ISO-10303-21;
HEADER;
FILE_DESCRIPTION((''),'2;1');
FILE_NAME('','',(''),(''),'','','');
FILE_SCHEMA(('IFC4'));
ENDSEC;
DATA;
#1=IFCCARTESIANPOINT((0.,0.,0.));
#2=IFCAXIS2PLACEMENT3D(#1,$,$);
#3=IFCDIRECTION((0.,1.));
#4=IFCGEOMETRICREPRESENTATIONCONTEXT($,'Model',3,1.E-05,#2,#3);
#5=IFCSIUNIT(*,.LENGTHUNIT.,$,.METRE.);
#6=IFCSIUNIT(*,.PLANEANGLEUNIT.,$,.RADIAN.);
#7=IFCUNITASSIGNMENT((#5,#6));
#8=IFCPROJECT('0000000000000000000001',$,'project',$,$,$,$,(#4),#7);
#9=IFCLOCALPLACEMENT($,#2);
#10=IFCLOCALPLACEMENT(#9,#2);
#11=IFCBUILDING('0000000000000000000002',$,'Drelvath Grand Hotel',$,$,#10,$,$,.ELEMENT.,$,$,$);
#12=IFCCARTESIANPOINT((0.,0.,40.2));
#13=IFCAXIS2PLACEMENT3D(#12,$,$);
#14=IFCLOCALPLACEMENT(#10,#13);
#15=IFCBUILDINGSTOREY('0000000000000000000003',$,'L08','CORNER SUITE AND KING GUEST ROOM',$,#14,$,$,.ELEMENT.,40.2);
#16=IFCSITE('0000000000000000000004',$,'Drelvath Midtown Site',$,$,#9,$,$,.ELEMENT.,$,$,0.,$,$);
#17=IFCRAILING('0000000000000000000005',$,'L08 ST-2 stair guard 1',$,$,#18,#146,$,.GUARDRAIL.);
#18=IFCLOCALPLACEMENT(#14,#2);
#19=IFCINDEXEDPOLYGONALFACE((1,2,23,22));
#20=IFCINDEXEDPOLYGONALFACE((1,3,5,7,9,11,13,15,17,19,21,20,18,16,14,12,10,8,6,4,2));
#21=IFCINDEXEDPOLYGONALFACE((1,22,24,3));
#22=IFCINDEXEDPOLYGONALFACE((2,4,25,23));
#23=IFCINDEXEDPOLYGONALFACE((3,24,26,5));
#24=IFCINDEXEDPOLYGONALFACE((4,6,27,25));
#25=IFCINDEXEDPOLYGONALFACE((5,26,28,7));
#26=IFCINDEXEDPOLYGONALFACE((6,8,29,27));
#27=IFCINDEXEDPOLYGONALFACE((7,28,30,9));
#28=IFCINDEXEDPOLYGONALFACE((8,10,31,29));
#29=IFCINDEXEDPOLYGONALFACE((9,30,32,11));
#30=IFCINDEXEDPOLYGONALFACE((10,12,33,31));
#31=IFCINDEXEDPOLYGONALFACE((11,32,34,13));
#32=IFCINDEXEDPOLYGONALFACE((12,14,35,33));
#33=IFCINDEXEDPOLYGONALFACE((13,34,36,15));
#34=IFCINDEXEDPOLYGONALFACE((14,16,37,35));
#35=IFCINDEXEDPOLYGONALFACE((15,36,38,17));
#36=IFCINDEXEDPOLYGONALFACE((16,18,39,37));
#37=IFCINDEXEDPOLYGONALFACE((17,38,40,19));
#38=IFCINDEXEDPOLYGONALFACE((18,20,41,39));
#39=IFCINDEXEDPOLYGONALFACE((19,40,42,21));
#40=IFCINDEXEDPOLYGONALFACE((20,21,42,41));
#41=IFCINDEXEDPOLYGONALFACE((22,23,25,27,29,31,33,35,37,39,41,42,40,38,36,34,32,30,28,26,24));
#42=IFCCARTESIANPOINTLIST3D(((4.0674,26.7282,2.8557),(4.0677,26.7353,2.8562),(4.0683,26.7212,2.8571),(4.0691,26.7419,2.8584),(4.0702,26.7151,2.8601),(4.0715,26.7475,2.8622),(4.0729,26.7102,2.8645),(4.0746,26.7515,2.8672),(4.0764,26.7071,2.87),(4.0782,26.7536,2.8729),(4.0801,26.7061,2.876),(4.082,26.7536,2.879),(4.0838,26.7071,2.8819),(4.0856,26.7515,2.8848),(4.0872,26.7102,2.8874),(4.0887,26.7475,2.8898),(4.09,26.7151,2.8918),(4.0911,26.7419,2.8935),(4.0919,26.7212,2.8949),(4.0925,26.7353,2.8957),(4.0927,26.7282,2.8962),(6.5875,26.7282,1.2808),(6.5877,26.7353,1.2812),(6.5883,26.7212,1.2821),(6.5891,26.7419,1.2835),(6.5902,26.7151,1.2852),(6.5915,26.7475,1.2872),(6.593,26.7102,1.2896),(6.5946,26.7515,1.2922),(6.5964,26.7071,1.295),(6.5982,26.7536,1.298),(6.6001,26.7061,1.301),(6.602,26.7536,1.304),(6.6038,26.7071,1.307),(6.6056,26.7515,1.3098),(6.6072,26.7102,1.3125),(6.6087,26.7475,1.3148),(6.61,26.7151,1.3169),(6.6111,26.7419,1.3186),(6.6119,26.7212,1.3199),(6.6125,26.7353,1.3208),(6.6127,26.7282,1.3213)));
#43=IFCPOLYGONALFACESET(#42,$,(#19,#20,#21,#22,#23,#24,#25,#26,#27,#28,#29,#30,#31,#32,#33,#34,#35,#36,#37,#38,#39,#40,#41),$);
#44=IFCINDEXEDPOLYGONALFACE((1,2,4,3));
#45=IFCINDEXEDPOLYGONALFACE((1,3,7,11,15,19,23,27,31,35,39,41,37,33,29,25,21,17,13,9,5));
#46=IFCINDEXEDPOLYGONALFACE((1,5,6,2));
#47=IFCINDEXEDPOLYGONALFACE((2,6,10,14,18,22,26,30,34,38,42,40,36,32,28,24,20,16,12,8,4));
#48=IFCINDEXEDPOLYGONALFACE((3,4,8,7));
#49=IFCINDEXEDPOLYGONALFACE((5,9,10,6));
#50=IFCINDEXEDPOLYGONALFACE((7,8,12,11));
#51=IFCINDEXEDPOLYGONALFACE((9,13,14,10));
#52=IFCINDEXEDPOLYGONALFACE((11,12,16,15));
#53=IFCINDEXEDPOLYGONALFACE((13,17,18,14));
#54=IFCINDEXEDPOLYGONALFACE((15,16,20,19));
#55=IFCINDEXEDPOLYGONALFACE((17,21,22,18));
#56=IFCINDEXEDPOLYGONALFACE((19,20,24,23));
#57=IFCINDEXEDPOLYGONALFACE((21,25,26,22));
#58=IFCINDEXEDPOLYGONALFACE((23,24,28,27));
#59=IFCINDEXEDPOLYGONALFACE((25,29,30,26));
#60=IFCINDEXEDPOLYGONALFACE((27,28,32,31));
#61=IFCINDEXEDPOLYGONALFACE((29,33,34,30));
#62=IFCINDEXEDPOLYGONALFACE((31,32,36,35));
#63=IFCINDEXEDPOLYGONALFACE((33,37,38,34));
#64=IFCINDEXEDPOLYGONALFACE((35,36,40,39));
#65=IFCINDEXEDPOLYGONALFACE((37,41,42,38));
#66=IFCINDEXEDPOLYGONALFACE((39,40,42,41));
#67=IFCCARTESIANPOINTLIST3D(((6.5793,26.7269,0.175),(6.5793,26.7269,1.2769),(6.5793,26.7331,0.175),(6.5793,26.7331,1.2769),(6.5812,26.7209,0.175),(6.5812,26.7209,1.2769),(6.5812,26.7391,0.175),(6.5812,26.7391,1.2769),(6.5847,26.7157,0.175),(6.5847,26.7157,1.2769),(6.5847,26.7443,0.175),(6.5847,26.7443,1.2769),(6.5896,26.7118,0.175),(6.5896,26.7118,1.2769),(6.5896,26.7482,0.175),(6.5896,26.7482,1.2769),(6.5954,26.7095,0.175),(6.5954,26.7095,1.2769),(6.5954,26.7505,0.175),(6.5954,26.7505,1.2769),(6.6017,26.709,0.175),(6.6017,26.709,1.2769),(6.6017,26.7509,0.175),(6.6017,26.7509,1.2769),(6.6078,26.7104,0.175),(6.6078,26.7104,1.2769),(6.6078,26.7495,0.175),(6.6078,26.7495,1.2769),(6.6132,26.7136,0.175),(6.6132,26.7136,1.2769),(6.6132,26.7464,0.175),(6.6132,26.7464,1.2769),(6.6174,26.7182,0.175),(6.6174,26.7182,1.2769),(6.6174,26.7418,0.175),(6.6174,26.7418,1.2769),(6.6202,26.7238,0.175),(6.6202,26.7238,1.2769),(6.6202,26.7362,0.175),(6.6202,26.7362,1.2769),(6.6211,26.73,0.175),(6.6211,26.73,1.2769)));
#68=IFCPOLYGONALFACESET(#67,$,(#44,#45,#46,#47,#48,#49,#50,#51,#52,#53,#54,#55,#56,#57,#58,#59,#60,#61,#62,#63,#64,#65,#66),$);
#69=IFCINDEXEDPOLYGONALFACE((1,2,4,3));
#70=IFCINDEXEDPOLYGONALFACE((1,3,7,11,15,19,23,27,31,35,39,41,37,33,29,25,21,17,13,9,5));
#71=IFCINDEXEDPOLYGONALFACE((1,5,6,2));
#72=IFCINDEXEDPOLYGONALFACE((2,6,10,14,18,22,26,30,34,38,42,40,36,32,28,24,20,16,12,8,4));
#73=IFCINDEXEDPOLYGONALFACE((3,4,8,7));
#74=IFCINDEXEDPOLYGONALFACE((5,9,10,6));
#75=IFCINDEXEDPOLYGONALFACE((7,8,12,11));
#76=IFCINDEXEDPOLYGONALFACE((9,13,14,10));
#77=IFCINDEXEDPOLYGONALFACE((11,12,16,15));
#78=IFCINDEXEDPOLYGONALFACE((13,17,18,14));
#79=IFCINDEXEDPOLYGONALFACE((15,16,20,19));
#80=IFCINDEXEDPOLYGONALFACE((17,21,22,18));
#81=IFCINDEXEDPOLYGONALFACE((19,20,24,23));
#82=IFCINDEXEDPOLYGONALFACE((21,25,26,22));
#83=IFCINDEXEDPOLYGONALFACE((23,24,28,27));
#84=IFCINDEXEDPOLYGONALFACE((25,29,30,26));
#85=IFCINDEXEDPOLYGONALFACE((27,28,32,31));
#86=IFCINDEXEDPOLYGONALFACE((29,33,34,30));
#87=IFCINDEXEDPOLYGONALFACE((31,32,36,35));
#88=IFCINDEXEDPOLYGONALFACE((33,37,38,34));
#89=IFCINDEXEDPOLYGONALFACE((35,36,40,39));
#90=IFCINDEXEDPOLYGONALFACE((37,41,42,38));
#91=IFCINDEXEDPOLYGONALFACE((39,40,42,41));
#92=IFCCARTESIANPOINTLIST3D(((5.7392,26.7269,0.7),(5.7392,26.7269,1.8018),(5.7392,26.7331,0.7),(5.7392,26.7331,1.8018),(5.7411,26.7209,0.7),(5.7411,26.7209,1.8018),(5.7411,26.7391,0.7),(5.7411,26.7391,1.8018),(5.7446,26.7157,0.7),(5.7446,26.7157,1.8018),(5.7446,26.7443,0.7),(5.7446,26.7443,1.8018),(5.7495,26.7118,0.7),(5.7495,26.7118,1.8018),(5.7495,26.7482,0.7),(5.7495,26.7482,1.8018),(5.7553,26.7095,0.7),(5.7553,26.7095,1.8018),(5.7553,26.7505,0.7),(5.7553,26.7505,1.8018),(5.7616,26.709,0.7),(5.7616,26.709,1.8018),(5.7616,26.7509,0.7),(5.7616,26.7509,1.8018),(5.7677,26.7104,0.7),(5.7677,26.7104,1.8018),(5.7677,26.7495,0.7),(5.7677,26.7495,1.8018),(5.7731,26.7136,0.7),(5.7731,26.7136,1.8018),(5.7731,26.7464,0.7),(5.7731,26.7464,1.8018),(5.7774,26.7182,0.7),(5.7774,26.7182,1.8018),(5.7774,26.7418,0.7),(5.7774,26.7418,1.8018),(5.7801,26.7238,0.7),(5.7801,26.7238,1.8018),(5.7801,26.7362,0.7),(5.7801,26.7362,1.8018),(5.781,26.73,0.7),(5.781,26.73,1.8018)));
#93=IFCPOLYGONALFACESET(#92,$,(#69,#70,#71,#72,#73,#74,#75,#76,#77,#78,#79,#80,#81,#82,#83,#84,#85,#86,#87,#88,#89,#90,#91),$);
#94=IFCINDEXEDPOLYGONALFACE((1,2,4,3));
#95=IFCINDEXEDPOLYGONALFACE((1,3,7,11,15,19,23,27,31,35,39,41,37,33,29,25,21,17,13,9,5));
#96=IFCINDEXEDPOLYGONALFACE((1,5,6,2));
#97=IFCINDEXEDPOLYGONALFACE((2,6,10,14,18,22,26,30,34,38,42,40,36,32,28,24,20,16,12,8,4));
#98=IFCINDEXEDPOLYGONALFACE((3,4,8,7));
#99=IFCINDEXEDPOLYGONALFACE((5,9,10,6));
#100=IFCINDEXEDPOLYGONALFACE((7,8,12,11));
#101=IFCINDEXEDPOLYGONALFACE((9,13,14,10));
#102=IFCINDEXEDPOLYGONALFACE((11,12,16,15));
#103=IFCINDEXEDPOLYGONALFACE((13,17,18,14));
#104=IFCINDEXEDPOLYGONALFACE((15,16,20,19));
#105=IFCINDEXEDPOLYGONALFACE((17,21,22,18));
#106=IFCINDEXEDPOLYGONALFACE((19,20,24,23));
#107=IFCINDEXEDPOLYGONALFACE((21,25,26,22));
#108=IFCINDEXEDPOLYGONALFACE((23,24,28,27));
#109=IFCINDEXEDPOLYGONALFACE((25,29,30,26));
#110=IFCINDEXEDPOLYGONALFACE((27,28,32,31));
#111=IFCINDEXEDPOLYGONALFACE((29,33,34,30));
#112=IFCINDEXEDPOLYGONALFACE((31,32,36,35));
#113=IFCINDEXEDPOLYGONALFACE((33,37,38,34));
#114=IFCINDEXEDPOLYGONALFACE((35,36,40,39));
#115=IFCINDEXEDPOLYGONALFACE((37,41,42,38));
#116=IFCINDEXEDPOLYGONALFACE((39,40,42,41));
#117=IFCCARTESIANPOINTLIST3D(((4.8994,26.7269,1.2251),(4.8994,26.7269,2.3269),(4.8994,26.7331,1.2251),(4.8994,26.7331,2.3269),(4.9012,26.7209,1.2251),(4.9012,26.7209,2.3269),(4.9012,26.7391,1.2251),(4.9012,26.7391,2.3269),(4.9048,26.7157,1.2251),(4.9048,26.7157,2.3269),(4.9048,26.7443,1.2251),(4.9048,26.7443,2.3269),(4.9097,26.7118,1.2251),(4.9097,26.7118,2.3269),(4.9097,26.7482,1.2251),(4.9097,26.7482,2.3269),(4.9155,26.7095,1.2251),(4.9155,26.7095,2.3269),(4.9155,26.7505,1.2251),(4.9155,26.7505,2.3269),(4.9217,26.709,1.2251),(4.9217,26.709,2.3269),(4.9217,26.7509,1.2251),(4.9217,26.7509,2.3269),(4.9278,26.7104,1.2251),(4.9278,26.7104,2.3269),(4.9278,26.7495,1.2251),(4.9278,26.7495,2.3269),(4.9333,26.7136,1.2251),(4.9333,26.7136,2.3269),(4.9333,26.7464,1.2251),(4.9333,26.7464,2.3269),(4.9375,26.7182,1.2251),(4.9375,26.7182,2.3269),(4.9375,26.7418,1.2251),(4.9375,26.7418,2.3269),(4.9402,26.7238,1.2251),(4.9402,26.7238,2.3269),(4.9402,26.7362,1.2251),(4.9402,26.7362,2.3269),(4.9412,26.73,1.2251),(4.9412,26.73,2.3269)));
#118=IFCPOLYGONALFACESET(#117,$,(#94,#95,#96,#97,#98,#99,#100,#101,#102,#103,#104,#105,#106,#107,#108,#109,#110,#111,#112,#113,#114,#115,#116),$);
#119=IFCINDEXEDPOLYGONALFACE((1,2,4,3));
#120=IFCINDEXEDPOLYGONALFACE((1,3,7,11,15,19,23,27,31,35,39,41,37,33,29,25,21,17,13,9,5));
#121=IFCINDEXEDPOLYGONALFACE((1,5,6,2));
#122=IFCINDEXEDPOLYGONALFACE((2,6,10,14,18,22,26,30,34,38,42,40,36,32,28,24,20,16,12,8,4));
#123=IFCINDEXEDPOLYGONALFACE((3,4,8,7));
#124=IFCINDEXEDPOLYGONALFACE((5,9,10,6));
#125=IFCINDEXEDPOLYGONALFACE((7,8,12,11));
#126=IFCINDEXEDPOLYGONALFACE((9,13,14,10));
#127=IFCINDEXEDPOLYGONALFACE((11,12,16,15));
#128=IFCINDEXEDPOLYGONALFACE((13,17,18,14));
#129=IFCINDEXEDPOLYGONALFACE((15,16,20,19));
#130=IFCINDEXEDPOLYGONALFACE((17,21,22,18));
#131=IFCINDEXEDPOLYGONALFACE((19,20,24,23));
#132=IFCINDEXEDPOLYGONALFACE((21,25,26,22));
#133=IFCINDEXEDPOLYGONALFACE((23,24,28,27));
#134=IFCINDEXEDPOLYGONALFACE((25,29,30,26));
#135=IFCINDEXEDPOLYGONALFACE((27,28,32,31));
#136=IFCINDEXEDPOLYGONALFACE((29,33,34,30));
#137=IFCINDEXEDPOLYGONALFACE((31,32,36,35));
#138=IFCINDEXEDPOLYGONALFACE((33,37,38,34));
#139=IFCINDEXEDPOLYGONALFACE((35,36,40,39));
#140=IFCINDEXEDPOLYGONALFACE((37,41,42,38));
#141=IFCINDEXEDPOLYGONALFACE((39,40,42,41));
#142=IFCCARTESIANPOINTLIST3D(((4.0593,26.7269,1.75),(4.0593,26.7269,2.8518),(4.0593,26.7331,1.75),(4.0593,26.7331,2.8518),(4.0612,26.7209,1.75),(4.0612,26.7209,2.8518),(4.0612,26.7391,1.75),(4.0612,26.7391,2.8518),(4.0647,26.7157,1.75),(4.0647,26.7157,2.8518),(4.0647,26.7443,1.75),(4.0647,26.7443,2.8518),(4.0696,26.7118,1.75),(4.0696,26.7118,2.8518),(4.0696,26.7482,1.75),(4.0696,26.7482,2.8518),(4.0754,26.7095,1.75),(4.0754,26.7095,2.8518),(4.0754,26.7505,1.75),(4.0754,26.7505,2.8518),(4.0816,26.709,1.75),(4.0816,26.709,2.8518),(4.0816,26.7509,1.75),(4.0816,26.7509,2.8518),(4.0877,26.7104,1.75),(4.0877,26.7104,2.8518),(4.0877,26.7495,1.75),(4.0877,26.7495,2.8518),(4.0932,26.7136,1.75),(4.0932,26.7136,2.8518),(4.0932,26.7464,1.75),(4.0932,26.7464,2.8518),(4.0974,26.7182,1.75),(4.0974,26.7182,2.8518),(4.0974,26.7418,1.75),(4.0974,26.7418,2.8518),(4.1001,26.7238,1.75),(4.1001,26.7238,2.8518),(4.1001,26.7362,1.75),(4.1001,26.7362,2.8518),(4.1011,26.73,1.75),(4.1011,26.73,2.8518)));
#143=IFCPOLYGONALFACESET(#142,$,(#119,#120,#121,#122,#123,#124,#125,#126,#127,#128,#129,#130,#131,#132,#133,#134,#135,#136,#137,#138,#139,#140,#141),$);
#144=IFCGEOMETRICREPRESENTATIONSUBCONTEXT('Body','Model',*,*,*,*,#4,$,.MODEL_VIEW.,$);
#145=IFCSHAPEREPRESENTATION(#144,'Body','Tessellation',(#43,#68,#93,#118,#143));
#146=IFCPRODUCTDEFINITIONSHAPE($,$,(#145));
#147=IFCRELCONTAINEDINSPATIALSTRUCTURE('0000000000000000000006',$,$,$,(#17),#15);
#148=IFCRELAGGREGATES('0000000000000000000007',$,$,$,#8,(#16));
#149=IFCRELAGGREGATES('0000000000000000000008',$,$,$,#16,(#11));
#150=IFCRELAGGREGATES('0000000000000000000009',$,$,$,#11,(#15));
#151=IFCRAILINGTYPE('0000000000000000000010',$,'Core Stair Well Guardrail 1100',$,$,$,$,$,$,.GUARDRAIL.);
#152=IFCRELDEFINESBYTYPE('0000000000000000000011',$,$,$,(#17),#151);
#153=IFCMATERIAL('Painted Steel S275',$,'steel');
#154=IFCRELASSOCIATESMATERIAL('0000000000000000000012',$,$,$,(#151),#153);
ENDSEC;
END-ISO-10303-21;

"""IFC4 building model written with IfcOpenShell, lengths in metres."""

from ifc_helpers import new_model, si_unit, direction, frame, origin, origin_2d, place, context, subcontext, project, spatial, circle, extrude, material, type_object, element, save


model = new_model("IFC4")

# Units and contexts
model_context = context("Model", 3, precision=1e-05, world=origin(), true_north=direction((0.0, 1.0)))
body_context = subcontext(model_context, "Body", "Model", "MODEL_VIEW")
ifc_project = project(units=[si_unit("LENGTHUNIT", "METRE"), si_unit("PLANEANGLEUNIT", "RADIAN")], contexts=[model_context])

# Site, building, storey
site_placement = place(None, origin())
site = spatial("IfcSite", under=ifc_project, at=site_placement, Name="Drelvath Midtown Site", CompositionType="ELEMENT", RefElevation=0.0)
building_placement = place(site_placement, origin())
building = spatial("IfcBuilding", under=site, at=building_placement, Name="Drelvath Grand Hotel", CompositionType="ELEMENT")
storey_placement = place(building_placement, frame((0.0, 0.0, 40.2)))
storey = spatial("IfcBuildingStorey", under=building, at=storey_placement, Name="L08", Description="CORNER SUITE AND KING GUEST ROOM", CompositionType="ELEMENT", Elevation=40.2)

# Shared definitions
ifc_material_1 = material(Name="Painted Steel S275", Category="steel")

# Railing
railing_type_1 = type_object("IfcRailingType", Name="Core Stair Well Guardrail 1100", PredefinedType="GUARDRAIL", material=ifc_material_1)
railing_1_placement = place(storey_placement, frame((6.6001, 26.73, 0.175)))
element("IfcRailing", 1, at=railing_1_placement, inside=storey, type_object=railing_type_1, Name="L08 ST-2 stair guard 1", PredefinedType="GUARDRAIL", context=body_context, shape_type="SweptSolid", body=[
    extrude(circle(Radius=0.0239, at=origin_2d()), frame((0.0, 0.0, 1.126), z_axis=(-0.848008, 0.0, 0.529984), x_axis=(0.0, -1.0, 0.0)), (0.0, 0.0, 1.0), 2.9717),
    extrude(circle(Radius=0.021, at=origin_2d()), origin(), (0.0, 0.0, 1.0), 1.1018),
    extrude(circle(Radius=0.021, at=origin_2d()), frame((-0.8401, 0.0, 0.5249)), (0.0, 0.0, 1.0), 1.1018),
    extrude(circle(Radius=0.021, at=origin_2d()), frame((-1.6799, 0.0, 1.05)), (0.0, 0.0, 1.0), 1.1018),
    extrude(circle(Radius=0.021, at=origin_2d()), frame((-2.52, 0.0, 1.575)), (0.0, 0.0, 1.0), 1.1018),
])

save(model, "model.ifc")
